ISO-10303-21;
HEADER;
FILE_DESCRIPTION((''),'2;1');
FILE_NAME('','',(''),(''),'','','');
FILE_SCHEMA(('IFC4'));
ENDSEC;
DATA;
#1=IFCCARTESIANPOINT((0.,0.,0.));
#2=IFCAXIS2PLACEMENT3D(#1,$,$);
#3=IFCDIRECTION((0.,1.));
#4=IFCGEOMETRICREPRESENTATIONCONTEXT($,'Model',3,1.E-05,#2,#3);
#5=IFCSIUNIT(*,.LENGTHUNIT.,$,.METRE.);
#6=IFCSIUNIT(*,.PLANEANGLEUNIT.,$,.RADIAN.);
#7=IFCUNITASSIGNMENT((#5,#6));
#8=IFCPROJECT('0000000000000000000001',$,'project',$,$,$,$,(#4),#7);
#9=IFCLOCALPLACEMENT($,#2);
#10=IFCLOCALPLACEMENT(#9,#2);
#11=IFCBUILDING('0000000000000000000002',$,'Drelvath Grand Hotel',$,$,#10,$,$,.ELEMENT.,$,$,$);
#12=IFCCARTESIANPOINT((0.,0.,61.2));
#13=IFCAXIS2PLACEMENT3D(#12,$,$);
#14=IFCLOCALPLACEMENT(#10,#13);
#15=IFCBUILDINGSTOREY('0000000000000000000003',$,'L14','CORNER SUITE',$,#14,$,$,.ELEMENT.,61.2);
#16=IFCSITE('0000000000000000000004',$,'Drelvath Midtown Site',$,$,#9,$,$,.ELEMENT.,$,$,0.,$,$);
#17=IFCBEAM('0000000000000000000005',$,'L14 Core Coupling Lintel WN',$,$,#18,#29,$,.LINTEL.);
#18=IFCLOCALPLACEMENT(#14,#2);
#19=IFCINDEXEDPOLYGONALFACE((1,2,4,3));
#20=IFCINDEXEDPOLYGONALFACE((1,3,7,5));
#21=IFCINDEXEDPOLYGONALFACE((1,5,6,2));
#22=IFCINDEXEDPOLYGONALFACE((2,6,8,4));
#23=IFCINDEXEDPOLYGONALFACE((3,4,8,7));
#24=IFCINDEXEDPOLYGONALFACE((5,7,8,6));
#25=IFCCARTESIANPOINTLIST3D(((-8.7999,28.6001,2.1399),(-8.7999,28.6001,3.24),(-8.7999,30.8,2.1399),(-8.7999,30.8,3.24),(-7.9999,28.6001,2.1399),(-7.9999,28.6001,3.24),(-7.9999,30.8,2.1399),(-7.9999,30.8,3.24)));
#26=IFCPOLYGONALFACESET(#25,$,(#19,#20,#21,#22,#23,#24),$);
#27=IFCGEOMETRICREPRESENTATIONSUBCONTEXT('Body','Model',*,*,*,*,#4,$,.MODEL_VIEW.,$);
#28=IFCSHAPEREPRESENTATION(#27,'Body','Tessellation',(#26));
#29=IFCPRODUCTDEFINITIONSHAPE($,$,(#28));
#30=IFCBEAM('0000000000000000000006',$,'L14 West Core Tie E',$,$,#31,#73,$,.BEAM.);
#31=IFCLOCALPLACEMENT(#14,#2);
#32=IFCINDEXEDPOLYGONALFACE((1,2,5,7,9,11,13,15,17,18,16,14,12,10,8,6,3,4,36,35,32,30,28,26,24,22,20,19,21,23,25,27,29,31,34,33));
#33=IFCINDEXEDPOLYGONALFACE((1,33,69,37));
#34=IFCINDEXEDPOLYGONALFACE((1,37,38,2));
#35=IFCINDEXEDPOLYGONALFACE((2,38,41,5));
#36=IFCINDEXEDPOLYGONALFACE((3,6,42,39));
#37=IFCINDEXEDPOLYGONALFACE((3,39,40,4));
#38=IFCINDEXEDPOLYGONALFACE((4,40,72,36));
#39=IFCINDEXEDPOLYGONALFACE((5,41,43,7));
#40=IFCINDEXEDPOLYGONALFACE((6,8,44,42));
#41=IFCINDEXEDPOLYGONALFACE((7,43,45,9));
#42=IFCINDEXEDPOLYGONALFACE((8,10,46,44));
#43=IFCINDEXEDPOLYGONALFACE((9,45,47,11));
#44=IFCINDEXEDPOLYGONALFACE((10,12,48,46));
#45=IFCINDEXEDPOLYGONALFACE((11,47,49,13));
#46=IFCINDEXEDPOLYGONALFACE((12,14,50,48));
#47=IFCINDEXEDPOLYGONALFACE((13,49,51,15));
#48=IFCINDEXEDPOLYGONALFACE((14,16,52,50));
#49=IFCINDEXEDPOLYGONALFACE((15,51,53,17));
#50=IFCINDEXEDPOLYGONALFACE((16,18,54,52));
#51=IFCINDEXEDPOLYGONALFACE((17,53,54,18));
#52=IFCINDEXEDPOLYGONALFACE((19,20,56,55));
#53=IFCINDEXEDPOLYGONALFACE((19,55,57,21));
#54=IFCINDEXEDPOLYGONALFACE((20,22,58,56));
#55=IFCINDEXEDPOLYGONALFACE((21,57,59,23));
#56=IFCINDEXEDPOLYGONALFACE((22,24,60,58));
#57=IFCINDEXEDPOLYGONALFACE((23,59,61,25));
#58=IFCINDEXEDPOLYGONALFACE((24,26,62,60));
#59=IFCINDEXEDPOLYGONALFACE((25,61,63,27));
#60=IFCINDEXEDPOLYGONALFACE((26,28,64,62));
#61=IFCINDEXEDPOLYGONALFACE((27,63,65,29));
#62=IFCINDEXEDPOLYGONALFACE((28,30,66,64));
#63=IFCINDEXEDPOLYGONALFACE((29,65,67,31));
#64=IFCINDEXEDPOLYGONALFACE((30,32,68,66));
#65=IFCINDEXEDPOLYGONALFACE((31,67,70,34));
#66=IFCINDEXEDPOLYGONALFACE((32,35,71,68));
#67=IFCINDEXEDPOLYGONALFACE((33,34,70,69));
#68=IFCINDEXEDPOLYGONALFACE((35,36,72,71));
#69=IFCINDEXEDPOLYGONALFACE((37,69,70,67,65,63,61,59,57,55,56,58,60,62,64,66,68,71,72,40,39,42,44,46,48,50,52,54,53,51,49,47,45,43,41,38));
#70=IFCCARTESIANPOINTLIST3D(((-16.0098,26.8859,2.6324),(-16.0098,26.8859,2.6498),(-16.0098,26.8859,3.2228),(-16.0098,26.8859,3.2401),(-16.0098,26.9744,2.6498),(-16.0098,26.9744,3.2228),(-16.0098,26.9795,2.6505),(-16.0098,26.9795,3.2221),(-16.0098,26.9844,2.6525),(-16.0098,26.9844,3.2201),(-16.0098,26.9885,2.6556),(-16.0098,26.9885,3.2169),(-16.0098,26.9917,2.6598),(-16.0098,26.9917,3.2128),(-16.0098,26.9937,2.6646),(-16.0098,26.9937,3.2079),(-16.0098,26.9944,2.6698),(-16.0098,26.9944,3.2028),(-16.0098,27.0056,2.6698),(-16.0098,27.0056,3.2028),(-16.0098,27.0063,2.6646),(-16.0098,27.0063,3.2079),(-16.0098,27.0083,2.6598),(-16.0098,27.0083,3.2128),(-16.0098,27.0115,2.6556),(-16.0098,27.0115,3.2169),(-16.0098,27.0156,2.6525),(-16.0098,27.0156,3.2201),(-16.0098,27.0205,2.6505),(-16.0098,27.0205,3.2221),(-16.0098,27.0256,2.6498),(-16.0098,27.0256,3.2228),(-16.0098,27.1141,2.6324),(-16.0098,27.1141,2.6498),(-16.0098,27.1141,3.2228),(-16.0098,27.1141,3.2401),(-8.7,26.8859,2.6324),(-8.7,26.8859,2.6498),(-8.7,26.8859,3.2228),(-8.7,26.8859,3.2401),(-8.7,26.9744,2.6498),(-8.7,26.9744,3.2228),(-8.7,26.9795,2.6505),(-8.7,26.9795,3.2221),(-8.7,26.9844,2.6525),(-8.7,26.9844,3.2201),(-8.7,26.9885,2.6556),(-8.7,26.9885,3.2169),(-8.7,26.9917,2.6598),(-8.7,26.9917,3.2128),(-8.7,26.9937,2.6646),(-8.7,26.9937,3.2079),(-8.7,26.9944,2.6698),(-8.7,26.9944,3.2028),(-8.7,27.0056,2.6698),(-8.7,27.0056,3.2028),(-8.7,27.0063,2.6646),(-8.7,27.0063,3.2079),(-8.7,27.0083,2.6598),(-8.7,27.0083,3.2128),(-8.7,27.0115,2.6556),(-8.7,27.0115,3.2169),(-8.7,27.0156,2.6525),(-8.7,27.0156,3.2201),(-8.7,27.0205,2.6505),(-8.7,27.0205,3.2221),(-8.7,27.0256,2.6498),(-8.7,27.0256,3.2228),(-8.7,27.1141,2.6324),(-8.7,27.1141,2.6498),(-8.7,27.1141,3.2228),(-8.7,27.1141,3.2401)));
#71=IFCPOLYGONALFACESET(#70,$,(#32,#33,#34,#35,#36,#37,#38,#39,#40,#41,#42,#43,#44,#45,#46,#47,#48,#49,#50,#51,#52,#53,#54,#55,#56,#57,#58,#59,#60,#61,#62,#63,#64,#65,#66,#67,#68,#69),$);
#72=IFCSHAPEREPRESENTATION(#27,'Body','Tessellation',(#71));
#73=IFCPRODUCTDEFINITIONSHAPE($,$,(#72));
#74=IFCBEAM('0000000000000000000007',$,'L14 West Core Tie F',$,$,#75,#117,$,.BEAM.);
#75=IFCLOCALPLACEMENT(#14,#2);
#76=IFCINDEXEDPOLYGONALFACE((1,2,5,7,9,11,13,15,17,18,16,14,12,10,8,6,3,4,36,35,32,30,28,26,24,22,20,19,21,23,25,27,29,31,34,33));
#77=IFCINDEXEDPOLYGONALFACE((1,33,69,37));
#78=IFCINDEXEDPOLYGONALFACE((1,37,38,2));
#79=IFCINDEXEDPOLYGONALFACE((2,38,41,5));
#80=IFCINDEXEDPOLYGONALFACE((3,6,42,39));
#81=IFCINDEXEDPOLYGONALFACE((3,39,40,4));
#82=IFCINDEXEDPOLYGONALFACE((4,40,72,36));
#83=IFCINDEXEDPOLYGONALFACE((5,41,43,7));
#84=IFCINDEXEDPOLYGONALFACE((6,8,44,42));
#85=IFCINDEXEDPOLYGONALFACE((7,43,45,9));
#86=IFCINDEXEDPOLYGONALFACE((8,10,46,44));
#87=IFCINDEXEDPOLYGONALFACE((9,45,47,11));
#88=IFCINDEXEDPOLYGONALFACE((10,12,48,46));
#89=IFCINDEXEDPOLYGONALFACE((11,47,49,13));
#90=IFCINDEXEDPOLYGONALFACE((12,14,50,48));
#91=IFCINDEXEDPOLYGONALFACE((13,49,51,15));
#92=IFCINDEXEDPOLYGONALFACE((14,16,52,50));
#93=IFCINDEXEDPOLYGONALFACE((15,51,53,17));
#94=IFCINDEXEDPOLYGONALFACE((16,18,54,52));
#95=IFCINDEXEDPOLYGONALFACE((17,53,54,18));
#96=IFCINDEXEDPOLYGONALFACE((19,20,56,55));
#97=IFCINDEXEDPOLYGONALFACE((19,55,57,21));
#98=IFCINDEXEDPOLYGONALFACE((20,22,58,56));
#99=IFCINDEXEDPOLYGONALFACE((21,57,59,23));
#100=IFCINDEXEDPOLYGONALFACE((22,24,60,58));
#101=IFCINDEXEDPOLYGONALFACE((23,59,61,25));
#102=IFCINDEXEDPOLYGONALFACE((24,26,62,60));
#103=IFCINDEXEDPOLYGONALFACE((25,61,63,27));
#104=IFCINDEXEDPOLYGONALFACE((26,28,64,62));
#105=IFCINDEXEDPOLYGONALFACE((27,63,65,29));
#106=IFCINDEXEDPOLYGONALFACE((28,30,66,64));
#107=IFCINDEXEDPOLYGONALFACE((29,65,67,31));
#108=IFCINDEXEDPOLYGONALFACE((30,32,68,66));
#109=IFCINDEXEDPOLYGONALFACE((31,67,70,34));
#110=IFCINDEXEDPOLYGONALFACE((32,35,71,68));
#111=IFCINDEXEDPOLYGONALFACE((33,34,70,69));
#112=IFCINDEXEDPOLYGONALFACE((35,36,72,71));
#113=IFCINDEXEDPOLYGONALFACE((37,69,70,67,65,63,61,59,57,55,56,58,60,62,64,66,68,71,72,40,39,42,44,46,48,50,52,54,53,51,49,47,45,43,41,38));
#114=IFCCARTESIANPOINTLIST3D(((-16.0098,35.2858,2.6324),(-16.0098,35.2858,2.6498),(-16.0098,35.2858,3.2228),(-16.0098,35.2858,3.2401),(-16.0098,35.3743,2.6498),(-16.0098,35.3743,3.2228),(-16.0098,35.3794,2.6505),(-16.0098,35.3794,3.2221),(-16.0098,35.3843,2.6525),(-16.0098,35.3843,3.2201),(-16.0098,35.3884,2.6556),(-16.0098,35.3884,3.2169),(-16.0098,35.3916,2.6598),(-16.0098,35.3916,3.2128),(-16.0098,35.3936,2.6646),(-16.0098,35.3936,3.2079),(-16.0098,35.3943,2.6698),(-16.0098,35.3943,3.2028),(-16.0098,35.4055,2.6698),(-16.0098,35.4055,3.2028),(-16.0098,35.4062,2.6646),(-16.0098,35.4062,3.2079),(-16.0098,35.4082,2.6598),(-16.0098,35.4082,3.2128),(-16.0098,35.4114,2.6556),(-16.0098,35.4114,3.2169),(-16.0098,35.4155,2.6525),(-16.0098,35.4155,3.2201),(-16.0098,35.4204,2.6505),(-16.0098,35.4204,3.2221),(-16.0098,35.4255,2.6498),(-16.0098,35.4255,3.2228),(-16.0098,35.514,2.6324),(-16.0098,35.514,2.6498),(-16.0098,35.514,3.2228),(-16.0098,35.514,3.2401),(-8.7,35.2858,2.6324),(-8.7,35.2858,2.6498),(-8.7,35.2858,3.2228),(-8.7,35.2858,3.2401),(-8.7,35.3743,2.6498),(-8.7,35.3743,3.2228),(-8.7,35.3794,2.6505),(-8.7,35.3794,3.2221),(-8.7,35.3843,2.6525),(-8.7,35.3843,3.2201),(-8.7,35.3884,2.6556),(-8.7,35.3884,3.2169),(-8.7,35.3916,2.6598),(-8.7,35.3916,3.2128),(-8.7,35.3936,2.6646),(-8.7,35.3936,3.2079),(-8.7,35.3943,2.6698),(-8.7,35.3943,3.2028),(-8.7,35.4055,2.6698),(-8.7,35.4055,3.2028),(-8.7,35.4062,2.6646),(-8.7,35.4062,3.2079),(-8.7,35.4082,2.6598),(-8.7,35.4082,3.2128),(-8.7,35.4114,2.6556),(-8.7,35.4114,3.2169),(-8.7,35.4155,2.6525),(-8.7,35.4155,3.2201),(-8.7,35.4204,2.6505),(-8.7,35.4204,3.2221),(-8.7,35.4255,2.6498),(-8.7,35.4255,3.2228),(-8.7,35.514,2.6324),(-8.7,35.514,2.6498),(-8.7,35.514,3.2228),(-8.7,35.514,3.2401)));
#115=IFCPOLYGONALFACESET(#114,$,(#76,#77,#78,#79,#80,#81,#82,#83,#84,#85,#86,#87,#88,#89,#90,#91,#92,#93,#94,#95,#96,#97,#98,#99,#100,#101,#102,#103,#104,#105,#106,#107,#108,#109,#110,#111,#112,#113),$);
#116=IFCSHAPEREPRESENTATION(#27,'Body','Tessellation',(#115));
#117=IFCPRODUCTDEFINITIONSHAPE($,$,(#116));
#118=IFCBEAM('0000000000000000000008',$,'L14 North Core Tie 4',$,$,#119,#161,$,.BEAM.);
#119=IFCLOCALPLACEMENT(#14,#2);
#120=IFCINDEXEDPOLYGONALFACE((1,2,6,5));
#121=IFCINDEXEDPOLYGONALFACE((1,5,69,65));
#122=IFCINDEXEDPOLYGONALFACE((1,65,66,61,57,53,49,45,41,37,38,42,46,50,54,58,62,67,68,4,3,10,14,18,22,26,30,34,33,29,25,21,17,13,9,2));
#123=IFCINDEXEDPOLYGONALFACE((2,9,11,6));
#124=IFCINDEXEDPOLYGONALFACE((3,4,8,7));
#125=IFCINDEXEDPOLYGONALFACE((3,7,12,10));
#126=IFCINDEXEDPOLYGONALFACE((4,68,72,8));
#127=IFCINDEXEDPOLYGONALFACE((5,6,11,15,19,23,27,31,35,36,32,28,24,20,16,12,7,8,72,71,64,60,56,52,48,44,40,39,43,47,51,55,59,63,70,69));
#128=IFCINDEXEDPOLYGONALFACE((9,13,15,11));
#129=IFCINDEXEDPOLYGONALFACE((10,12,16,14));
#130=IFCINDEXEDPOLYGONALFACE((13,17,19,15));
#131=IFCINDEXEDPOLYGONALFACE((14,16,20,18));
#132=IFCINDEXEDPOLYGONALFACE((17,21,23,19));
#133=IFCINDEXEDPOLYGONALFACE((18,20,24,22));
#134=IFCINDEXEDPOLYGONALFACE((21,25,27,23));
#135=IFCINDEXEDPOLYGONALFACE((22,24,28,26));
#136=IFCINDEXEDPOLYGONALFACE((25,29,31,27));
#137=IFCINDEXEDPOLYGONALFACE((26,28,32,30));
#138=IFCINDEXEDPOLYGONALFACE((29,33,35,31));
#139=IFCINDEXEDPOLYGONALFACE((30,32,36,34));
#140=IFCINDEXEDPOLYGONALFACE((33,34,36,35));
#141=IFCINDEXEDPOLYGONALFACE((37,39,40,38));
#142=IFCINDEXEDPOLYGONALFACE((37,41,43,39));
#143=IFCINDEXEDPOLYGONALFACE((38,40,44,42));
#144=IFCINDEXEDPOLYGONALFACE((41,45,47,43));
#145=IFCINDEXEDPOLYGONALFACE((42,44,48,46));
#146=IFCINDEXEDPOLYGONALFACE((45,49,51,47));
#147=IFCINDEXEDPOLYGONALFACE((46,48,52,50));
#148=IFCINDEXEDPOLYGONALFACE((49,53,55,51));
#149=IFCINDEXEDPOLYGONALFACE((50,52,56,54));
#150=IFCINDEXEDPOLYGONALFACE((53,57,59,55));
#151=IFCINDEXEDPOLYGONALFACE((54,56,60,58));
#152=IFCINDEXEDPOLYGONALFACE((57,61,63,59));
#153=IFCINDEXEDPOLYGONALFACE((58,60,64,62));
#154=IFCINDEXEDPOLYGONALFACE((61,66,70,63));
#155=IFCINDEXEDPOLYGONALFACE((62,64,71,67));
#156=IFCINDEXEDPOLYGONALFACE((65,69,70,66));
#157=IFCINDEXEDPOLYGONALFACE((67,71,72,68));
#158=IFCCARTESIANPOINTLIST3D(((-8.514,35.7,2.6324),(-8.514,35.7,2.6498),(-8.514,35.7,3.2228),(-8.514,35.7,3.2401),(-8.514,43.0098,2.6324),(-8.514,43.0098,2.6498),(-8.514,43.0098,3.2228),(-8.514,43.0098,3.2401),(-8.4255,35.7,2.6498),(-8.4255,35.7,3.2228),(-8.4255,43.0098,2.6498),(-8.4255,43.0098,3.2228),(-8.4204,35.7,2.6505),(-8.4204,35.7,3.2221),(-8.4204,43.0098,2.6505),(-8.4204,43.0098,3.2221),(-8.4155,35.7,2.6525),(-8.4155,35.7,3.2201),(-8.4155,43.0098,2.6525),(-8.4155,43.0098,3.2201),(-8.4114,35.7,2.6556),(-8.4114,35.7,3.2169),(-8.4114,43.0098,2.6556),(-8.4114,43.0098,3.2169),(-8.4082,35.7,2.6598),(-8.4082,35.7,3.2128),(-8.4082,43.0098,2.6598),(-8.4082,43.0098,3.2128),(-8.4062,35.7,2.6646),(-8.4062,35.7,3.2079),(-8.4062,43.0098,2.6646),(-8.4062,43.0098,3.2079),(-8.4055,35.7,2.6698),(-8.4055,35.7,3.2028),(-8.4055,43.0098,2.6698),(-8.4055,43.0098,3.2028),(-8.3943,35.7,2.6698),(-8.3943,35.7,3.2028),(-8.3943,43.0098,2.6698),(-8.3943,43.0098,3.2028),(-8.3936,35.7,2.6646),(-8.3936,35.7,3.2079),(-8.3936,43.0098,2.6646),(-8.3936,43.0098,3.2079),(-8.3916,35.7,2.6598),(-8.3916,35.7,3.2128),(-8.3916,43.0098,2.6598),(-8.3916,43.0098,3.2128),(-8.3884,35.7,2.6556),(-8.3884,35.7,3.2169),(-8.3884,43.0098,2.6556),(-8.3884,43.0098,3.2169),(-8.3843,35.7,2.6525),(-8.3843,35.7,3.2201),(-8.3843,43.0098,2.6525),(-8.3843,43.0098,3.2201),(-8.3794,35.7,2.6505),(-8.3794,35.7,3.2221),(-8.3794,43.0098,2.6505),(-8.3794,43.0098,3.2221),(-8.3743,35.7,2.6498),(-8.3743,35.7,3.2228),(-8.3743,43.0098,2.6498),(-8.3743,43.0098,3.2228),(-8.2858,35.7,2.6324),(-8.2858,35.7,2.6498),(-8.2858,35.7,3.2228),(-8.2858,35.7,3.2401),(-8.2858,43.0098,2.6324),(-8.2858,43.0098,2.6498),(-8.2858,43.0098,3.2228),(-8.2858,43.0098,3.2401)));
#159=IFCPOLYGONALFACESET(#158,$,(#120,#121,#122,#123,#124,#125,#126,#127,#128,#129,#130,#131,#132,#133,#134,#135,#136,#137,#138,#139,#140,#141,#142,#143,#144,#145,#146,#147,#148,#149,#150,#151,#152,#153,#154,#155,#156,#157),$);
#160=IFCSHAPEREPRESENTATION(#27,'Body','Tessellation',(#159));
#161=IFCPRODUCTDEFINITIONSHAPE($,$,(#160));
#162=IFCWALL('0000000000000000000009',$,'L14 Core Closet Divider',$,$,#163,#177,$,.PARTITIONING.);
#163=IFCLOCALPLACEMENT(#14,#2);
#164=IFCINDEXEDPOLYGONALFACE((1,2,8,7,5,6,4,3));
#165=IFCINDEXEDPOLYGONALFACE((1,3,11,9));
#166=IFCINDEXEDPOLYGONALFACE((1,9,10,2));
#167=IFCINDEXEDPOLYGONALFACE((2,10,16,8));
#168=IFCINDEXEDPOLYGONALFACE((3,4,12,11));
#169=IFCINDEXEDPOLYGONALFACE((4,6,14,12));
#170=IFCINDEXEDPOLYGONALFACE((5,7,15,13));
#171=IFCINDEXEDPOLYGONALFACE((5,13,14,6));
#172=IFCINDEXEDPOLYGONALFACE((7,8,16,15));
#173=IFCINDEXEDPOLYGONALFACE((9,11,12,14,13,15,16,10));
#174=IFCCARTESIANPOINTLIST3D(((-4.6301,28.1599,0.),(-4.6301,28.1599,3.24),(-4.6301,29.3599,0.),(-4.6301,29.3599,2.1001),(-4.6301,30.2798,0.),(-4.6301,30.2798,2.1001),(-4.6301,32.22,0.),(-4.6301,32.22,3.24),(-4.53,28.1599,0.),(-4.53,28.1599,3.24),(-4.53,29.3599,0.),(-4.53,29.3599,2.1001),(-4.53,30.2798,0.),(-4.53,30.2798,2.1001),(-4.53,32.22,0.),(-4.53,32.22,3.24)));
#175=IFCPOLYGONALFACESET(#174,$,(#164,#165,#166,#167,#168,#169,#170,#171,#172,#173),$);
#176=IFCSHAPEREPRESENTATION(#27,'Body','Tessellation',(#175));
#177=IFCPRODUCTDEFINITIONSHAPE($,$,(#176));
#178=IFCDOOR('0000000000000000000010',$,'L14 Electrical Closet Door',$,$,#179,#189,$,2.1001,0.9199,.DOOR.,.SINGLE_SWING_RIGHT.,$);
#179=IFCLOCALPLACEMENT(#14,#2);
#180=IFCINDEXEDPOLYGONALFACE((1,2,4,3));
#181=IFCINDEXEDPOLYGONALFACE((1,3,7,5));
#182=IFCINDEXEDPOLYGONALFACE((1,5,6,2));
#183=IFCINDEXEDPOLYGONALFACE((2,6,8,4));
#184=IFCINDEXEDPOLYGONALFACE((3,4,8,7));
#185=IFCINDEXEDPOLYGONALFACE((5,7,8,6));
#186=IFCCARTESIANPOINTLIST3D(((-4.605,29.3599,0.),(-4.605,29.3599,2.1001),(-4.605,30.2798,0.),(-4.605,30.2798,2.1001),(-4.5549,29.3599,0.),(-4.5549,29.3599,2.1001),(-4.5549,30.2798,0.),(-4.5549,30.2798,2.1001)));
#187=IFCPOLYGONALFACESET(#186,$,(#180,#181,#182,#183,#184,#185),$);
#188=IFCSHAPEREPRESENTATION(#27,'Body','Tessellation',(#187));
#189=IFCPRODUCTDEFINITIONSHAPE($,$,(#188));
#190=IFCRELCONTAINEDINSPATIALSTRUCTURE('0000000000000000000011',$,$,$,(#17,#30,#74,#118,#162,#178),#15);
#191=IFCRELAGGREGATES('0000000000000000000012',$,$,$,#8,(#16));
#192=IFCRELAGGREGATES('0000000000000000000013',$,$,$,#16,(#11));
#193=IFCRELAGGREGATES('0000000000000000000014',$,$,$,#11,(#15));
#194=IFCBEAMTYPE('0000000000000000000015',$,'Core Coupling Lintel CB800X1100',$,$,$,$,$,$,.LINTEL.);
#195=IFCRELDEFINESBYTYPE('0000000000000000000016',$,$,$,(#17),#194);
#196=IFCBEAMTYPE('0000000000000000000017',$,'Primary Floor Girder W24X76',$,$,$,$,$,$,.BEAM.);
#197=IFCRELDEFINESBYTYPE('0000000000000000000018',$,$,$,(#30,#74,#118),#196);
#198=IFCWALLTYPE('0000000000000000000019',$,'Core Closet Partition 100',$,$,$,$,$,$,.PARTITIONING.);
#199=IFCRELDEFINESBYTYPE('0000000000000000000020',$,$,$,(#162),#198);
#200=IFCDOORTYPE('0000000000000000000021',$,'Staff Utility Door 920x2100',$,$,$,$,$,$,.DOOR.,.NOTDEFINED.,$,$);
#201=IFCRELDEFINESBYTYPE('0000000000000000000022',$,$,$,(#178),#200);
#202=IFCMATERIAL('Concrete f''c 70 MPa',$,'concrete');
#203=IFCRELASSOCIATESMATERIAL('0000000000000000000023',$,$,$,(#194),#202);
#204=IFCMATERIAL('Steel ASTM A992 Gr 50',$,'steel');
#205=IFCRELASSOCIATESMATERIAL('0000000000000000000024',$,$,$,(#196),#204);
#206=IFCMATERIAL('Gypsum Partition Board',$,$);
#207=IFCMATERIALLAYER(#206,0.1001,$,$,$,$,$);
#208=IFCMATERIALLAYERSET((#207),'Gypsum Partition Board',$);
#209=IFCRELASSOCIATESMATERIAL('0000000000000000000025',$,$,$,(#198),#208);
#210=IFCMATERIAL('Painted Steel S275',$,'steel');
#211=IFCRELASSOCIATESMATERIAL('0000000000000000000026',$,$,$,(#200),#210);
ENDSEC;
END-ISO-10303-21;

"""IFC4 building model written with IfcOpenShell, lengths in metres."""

from ifc_helpers import new_model, si_unit, direction, frame, frame_2d, origin, origin_2d, place, context, subcontext, project, spatial, rectangle, i_section, extrude, material, layer, layer_set, material_profile, profile_set, type_object, element, fill, save


model = new_model("IFC4")

# Units and contexts
model_context = context("Model", 3, precision=1e-05, world=origin(), true_north=direction((0.0, 1.0)))
body_context = subcontext(model_context, "Body", "Model", "MODEL_VIEW")
ifc_project = project(units=[si_unit("LENGTHUNIT", "METRE"), si_unit("PLANEANGLEUNIT", "RADIAN")], contexts=[model_context])

# Site, building, storey
site_placement = place(None, origin())
site = spatial("IfcSite", under=ifc_project, at=site_placement, Name="Drelvath Midtown Site", CompositionType="ELEMENT", RefElevation=0.0)
building_placement = place(site_placement, origin())
building = spatial("IfcBuilding", under=site, at=building_placement, Name="Drelvath Grand Hotel", CompositionType="ELEMENT")
storey_placement = place(building_placement, frame((0.0, 0.0, 61.2)))
storey = spatial("IfcBuildingStorey", under=building, at=storey_placement, Name="L14", Description="CORNER SUITE", CompositionType="ELEMENT", Elevation=61.2)

# Beams
ifc_material_1 = material(Name="Concrete f'c 70 MPa", Category="concrete")
ifc_material_profile_1 = material_profile(ifc_material_1, rectangle(XDim=0.8, YDim=1.1001, at=origin_2d()), Name="CB800X1100")
ifc_profile_set_1 = profile_set([ifc_material_profile_1], Name="Concrete f'c 70 MPa")
beam_type_1 = type_object("IfcBeamType", Name="Core Coupling Lintel CB800X1100", PredefinedType="LINTEL", material=ifc_profile_set_1)
beam_placement = place(storey_placement, frame((-8.3999, 28.6001, 2.6899), z_axis=(0.0, 1.0, 0.0), x_axis=(-1.0, 0.0, 0.0)))
element("IfcBeam", 1, at=beam_placement, inside=storey, type_object=beam_type_1, Name="L14 Core Coupling Lintel WN", PredefinedType="LINTEL", context=body_context, shape_type="SweptSolid", body=[
    extrude(rectangle(XDim=0.8, YDim=1.1001, at=origin_2d()), origin(), (0.0, 0.0, 1.0), 2.2),
])
ifc_material_2 = material(Name="Steel ASTM A992 Gr 50", Category="steel")
ifc_material_profile_2 = material_profile(ifc_material_2, i_section(OverallWidth=0.2283, OverallDepth=0.6077, WebThickness=0.0112, FlangeThickness=0.0173, FilletRadius=0.02, at=origin_2d()), Name="W24X76")
ifc_profile_set_2 = profile_set([ifc_material_profile_2], Name="Steel ASTM A992 Gr 50")
beam_type_2 = type_object("IfcBeamType", Name="Primary Floor Girder W24X76", PredefinedType="BEAM", material=ifc_profile_set_2)
for number, where, z_axis, x_axis, name in (
    (2, (-16.0098, 27.0, 2.9363), (1.0, 0.0, 0.0), (0.0, 1.0, 0.0), "L14 West Core Tie E"),
    (3, (-16.0098, 35.3999, 2.9363), (1.0, 0.0, 0.0), (0.0, 1.0, 0.0), "L14 West Core Tie F"),
    (4, (-8.3999, 35.7, 2.9363), (0.0, 1.0, 0.0), (-1.0, 0.0, 0.0), "L14 North Core Tie 4"),
):
    element("IfcBeam", number, at=place(storey_placement, frame(where, z_axis=z_axis, x_axis=x_axis)), inside=storey, type_object=beam_type_2, Name=name, PredefinedType="BEAM", context=body_context, shape_type="SweptSolid", body=[
        extrude(i_section(OverallWidth=0.2283, OverallDepth=0.6077, WebThickness=0.0112, FlangeThickness=0.0173, FilletRadius=0.02, at=origin_2d()), origin(), (0.0, 0.0, 1.0), 7.3098),
    ])

# Wall, opening, door
ifc_material_3 = material(Name="Gypsum Partition Board")
ifc_layer_1 = layer(ifc_material_3, 0.1001)
ifc_layer_set_1 = layer_set([ifc_layer_1], Name="Gypsum Partition Board")
wall_type_1 = type_object("IfcWallType", Name="Core Closet Partition 100", PredefinedType="PARTITIONING", material=ifc_layer_set_1)
wall_1_placement = place(storey_placement, frame((-4.5801, 28.1599, 0.0), z_axis=(0.0, 0.0, 1.0), x_axis=(0.0, 1.0, 0.0)))
wall_1 = element("IfcWall", 5, at=wall_1_placement, inside=storey, type_object=wall_type_1, Name="L14 Core Closet Divider", PredefinedType="PARTITIONING", context=body_context, shape_type="SweptSolid", body=[
    extrude(rectangle(XDim=4.0601, YDim=0.1001, at=frame_2d((2.03, 0.0))), origin(), (0.0, 0.0, 1.0), 3.24),
])
opening_1_placement = place(wall_1_placement, frame((1.2, 0.0, 0.0)))
opening_1 = element("IfcOpeningElement", 6, at=opening_1_placement, cuts=wall_1, PredefinedType="OPENING", context=body_context, shape_type="SweptSolid", body=[
    extrude(rectangle(XDim=0.9199, YDim=2.1001, at=frame_2d((0.46, 1.05))), frame((0.0, 0.0601, 0.0), z_axis=(0.0, -1.0, 0.0), x_axis=(1.0, 0.0, 0.0)), (0.0, 0.0, 1.0), 0.1201),
])
ifc_material_4 = material(Name="Painted Steel S275", Category="steel")
door_type_1 = type_object("IfcDoorType", Name="Staff Utility Door 920x2100", OperationType="NOTDEFINED", PredefinedType="DOOR", material=ifc_material_4)
door_1_placement = place(opening_1_placement, origin())
door_1 = element("IfcDoor", 7, at=door_1_placement, inside=storey, type_object=door_type_1, Name="L14 Electrical Closet Door", OperationType="SINGLE_SWING_RIGHT", OverallHeight=2.1001, OverallWidth=0.9199, PredefinedType="DOOR", context=body_context, shape_type="SweptSolid", body=[
    extrude(rectangle(XDim=0.9199, YDim=2.1001, at=frame_2d((0.46, 1.05))), frame((0.0, 0.0249, 0.0), z_axis=(0.0, -1.0, 0.0), x_axis=(1.0, 0.0, 0.0)), (0.0, 0.0, 1.0), 0.05),
])
fill(opening_1, door_1)

save(model, "model.ifc")
